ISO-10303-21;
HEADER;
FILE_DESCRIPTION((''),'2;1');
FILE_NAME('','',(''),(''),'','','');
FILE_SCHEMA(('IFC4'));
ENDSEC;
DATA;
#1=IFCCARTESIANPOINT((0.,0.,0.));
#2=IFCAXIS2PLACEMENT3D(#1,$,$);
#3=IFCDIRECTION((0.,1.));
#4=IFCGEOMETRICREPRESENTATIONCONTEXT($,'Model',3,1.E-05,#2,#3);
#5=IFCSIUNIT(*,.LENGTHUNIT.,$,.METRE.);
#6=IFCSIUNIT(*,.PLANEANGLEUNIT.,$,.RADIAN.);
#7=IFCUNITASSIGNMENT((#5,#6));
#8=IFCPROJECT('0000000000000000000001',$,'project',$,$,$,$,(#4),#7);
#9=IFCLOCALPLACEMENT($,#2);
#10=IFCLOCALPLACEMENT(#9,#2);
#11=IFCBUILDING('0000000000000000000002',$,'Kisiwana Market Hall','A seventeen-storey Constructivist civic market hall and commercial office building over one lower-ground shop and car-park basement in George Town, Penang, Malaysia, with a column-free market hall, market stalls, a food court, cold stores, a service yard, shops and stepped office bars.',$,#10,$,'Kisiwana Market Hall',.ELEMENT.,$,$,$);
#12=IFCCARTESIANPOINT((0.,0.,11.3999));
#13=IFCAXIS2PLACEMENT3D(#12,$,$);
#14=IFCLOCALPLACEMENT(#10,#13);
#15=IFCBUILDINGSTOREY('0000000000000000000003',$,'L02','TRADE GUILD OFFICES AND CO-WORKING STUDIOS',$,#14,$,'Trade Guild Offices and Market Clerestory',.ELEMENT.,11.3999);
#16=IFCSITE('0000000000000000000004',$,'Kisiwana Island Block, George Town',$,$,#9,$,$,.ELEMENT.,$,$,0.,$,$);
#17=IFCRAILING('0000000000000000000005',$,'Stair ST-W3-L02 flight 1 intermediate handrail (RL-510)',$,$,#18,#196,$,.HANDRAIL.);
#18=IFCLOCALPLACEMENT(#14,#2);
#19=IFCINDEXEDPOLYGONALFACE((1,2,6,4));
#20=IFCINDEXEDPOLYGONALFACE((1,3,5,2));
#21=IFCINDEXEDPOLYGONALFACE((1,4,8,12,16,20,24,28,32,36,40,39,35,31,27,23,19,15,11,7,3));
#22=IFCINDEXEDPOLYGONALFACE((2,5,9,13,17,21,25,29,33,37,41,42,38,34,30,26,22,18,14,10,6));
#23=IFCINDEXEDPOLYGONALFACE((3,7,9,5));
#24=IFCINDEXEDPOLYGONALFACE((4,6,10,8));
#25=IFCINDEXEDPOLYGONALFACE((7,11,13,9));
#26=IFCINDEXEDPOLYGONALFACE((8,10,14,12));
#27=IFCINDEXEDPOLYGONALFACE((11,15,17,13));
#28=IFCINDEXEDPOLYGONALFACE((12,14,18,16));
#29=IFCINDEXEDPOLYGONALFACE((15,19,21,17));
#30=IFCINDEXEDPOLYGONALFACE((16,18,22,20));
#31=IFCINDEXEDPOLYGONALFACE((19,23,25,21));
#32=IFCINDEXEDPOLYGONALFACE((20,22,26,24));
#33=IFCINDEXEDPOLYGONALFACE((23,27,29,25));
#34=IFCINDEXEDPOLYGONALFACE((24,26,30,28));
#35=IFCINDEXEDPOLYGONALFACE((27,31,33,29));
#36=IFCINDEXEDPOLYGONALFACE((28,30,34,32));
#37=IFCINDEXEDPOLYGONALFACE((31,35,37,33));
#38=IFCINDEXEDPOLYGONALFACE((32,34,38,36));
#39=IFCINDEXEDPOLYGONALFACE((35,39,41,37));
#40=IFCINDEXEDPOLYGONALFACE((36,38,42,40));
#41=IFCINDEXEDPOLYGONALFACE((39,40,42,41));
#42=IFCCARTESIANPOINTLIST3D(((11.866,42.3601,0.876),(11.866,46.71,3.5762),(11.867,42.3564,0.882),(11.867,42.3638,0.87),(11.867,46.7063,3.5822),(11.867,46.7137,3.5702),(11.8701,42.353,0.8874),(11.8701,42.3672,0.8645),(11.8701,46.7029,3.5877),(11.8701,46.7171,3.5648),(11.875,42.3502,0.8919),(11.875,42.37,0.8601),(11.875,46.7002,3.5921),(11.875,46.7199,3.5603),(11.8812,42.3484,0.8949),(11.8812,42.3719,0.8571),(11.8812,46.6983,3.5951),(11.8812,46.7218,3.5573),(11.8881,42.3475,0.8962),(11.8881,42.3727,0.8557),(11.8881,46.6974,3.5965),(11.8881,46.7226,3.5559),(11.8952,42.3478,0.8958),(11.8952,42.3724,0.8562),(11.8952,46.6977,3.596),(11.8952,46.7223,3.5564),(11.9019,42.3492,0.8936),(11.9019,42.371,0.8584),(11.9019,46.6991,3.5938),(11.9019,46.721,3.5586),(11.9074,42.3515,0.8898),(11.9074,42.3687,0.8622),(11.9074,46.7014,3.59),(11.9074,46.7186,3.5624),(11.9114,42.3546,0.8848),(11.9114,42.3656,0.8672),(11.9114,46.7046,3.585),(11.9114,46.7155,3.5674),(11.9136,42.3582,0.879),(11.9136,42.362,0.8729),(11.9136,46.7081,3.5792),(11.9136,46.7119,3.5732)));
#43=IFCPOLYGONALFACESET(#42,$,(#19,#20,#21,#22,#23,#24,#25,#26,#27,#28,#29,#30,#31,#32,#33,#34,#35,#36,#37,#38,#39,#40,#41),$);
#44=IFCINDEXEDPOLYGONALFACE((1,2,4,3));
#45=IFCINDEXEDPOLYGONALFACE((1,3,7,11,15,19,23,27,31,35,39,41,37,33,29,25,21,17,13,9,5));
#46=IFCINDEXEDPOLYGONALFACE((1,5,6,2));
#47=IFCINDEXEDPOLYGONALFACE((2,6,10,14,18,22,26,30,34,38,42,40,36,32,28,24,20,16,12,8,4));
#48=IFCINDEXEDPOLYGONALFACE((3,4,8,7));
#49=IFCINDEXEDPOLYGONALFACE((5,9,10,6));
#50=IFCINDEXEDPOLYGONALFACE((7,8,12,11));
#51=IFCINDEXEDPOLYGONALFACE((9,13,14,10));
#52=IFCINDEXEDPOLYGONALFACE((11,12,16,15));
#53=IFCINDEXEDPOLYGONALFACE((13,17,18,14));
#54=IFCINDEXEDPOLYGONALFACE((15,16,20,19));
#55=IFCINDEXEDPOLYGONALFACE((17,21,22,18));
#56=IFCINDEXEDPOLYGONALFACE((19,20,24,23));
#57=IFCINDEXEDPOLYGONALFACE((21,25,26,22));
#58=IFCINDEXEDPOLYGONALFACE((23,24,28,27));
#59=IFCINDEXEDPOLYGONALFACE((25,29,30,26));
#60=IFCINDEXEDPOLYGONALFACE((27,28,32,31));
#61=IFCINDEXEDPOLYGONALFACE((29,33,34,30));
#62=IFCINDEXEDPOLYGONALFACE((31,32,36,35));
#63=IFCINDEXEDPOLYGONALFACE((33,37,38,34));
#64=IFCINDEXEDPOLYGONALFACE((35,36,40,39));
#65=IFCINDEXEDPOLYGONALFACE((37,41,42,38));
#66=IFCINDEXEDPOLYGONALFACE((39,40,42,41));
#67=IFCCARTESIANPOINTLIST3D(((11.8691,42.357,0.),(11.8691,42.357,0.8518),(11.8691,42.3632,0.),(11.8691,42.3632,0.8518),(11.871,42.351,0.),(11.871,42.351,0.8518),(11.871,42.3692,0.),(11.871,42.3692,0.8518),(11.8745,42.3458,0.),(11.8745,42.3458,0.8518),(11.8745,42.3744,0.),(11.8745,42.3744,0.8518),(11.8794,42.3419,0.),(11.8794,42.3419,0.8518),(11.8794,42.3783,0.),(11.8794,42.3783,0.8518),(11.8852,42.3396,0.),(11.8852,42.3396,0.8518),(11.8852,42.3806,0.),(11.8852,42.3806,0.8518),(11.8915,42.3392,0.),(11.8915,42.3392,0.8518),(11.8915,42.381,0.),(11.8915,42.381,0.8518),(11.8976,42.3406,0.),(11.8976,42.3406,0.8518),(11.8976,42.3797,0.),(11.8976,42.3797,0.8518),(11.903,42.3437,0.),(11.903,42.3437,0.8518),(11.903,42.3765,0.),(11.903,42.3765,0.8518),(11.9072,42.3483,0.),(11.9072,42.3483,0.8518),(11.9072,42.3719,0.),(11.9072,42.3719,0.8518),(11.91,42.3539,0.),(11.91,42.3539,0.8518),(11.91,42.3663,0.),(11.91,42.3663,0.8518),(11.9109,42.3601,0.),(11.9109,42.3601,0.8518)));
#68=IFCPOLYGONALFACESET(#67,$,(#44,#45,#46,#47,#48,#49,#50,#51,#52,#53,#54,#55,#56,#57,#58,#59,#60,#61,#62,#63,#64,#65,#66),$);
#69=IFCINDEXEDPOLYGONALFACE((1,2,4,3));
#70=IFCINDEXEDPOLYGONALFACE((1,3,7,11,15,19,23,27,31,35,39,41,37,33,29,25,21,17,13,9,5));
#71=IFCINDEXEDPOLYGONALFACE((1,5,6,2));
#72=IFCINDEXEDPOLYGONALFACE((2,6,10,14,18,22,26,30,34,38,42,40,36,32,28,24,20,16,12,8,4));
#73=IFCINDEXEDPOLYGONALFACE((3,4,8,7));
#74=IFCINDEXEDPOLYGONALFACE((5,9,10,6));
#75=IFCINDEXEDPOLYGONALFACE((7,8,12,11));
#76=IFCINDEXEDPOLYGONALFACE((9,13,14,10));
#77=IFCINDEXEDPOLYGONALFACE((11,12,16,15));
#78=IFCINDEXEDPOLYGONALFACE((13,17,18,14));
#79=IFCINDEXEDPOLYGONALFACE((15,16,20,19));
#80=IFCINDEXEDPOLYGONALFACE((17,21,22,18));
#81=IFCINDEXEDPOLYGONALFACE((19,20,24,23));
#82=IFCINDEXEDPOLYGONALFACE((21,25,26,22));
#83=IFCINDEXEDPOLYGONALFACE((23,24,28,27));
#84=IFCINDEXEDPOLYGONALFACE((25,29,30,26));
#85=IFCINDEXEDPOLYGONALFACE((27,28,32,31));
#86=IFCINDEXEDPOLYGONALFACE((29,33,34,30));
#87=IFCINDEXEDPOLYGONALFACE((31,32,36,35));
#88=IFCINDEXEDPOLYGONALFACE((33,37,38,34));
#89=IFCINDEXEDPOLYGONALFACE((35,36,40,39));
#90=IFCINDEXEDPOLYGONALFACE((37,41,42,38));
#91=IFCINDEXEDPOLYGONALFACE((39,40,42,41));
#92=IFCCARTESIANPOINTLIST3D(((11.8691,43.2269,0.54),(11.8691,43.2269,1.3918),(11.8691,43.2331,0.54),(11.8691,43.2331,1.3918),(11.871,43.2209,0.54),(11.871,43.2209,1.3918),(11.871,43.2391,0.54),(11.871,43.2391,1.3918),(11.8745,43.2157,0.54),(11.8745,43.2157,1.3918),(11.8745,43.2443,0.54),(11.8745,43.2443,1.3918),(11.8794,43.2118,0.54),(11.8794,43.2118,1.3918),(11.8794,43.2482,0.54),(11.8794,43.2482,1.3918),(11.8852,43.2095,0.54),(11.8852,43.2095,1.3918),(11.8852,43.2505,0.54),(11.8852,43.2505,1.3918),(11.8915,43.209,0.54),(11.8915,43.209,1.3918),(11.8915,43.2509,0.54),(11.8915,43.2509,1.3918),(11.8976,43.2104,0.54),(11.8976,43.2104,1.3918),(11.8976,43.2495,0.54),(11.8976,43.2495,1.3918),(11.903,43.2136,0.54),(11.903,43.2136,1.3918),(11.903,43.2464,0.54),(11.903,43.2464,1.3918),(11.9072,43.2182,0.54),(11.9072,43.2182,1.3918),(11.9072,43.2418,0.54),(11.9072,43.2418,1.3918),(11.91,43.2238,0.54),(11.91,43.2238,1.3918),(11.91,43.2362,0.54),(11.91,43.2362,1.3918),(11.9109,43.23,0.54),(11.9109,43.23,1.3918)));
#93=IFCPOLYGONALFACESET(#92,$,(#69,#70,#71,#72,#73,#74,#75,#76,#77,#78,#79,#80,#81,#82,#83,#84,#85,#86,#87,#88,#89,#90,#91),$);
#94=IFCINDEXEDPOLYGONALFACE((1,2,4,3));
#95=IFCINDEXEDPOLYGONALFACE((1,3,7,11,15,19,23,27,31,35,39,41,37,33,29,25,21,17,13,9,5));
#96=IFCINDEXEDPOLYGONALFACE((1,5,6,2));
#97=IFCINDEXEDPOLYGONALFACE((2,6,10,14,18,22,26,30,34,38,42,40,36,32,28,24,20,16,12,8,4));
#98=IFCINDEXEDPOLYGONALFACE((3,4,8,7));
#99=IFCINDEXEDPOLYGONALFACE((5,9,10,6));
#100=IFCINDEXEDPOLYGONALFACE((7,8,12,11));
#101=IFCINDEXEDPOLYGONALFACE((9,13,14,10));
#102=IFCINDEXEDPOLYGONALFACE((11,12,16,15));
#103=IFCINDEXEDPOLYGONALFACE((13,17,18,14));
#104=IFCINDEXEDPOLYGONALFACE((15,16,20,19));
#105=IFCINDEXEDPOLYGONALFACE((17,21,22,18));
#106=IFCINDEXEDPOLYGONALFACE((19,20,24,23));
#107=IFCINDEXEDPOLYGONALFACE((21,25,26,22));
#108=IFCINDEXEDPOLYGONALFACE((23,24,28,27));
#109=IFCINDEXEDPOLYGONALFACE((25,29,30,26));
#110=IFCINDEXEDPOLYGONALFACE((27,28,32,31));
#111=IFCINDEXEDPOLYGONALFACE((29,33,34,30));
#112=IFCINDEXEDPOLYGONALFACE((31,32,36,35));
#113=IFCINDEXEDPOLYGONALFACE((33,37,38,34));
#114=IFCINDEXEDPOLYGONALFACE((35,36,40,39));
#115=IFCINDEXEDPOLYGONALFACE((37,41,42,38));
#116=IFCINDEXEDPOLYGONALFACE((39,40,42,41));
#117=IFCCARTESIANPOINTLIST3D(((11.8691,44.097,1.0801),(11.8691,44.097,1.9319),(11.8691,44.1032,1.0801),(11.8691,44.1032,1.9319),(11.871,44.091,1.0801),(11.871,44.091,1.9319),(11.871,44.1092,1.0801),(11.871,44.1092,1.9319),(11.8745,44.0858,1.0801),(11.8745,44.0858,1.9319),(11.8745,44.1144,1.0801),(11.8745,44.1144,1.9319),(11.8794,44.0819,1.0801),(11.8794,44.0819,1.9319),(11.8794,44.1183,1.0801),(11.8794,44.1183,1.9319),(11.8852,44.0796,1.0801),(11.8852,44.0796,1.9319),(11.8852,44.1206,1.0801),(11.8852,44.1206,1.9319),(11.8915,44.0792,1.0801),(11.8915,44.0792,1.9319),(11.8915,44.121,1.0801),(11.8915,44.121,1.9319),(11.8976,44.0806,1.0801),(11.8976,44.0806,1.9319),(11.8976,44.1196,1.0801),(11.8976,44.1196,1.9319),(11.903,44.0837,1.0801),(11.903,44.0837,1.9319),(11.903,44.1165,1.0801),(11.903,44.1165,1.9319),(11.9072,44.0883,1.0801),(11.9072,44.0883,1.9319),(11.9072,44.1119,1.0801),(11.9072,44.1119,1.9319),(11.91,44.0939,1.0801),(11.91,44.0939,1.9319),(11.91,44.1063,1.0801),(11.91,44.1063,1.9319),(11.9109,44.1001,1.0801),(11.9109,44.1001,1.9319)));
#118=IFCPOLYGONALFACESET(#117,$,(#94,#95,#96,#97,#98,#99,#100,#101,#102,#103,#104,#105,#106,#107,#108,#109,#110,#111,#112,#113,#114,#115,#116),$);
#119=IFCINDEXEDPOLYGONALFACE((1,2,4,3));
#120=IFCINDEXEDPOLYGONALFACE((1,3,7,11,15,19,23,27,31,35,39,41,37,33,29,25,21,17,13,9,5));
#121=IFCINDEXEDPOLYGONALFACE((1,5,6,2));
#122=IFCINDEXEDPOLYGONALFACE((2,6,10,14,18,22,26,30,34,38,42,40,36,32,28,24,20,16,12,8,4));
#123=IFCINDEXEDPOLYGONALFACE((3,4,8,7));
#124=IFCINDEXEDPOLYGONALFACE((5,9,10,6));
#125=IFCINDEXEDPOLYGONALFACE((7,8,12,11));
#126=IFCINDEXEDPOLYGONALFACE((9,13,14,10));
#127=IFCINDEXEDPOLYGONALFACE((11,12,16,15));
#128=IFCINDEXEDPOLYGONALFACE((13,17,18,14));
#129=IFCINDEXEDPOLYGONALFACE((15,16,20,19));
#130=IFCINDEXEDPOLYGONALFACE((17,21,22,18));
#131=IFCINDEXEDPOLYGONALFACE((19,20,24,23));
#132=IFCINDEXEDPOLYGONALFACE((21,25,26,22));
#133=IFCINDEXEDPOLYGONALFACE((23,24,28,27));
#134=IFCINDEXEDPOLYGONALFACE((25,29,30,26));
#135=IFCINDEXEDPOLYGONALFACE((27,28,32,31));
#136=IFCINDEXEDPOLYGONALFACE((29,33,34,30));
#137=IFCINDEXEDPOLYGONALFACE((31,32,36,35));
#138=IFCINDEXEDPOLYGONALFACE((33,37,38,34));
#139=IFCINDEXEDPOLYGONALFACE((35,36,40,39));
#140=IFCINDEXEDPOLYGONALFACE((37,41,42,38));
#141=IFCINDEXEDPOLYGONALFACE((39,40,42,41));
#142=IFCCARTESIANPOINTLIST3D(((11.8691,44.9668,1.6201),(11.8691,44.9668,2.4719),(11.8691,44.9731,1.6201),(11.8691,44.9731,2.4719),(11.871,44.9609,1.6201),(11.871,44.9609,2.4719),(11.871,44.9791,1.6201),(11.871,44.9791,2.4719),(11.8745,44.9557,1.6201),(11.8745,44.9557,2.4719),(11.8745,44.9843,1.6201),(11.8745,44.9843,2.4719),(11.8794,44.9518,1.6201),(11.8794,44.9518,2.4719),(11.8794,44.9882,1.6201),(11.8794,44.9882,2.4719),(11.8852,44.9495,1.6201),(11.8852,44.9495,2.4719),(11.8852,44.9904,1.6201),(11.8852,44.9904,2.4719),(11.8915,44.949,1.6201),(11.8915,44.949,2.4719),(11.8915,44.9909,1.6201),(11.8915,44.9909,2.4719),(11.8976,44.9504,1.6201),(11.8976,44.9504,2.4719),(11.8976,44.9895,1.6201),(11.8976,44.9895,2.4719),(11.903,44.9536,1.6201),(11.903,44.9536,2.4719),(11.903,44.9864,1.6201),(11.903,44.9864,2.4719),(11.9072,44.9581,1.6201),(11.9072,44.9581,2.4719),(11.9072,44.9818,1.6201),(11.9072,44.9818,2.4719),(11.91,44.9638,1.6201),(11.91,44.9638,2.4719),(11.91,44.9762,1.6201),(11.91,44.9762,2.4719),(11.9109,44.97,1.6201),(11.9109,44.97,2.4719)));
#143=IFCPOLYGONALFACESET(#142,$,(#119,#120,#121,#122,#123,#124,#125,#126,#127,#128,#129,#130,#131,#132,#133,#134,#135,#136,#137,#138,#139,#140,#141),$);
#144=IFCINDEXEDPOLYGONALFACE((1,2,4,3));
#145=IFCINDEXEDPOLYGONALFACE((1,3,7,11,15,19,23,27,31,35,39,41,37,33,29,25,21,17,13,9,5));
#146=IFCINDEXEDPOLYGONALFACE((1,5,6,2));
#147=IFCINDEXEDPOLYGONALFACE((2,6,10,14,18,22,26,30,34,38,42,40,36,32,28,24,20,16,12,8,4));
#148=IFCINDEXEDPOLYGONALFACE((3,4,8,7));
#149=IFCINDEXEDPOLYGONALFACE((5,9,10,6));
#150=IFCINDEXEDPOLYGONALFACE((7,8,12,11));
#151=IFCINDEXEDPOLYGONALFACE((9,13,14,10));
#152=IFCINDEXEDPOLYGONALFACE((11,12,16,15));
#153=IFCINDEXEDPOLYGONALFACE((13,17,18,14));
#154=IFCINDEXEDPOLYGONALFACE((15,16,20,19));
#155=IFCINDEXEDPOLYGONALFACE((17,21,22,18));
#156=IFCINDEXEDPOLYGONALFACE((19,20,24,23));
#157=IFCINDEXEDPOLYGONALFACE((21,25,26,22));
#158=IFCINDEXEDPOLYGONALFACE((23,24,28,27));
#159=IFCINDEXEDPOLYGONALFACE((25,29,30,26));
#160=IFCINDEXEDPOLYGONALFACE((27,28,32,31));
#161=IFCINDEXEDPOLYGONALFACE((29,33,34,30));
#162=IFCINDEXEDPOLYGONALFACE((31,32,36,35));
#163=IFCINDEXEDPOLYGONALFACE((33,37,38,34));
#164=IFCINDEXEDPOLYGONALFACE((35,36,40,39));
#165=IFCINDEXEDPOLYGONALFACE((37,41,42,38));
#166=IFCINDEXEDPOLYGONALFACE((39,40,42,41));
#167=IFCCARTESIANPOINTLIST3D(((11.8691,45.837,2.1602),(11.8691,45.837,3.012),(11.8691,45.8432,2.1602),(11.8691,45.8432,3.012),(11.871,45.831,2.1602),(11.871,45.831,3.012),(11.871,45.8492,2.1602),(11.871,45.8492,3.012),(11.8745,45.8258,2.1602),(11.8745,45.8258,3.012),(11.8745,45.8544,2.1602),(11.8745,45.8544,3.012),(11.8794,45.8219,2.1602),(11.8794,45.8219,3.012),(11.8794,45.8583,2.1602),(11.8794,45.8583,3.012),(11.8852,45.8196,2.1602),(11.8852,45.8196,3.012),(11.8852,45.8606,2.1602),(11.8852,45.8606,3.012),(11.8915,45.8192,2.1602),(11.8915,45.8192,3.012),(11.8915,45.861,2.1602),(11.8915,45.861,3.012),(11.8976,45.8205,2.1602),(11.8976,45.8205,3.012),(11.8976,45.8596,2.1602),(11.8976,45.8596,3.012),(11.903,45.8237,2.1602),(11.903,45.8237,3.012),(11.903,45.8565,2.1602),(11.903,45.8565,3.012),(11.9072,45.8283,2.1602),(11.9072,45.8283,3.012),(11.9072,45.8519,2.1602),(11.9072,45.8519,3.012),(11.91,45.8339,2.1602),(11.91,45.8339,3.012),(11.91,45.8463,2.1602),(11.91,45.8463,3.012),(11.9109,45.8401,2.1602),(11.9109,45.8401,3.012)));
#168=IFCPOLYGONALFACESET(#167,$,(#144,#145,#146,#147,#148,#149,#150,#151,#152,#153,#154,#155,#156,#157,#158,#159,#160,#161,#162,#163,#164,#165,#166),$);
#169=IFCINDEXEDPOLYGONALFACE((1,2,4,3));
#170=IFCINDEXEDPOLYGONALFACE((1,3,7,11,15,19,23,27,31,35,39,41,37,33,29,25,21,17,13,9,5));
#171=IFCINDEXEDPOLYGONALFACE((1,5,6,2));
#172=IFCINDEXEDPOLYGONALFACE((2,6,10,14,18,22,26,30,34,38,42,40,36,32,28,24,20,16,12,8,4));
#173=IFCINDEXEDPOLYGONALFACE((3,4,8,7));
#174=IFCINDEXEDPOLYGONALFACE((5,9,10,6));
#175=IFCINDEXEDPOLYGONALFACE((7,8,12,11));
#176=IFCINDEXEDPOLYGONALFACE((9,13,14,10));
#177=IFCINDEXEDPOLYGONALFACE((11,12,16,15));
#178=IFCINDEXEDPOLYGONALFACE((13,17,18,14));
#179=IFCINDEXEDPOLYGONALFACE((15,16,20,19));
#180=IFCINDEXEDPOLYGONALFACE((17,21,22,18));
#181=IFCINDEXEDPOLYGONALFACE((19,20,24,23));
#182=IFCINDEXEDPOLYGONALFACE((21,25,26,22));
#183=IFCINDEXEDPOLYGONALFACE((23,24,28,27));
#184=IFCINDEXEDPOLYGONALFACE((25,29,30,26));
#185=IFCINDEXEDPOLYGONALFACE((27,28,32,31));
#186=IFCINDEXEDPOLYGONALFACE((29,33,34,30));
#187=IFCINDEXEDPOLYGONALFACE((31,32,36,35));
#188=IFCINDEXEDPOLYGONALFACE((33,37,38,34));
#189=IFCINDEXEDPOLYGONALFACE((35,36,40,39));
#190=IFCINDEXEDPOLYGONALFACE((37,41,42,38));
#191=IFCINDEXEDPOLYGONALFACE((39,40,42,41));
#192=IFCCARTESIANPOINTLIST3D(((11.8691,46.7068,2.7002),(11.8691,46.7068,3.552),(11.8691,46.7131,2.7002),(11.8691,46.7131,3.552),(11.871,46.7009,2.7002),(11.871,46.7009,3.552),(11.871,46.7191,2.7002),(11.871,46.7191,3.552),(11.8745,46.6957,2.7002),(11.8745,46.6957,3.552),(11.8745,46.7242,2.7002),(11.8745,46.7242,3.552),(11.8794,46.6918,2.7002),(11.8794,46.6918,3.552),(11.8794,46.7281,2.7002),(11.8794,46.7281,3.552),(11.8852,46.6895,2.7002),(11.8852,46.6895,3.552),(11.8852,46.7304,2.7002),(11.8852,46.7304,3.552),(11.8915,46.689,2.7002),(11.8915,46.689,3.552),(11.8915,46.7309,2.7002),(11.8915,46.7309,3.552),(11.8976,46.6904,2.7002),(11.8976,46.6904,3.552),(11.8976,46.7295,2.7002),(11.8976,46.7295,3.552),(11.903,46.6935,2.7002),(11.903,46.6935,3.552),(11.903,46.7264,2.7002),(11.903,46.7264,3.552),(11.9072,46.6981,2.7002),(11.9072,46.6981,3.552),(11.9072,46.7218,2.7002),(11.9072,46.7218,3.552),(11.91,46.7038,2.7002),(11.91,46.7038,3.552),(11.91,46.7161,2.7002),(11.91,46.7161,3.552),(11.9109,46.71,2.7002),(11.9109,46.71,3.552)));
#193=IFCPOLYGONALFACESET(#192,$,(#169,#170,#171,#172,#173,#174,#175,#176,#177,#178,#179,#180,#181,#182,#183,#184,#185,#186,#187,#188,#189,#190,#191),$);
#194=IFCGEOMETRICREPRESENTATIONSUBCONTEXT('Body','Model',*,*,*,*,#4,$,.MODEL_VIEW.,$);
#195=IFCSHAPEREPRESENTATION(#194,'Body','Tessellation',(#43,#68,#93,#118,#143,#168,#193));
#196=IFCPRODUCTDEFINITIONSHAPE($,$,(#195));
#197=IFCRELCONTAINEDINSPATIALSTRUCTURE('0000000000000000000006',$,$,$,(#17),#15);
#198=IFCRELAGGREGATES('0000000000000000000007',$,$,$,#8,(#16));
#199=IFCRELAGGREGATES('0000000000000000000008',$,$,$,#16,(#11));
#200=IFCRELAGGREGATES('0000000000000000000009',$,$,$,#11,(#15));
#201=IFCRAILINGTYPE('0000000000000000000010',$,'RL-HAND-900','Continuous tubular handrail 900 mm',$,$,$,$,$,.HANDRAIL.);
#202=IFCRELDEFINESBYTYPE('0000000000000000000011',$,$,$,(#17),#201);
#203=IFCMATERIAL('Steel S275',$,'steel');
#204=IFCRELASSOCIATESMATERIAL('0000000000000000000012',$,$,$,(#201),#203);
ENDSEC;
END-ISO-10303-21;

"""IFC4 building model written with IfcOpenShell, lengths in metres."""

from ifc_helpers import new_model, si_unit, direction, frame, origin, origin_2d, place, context, subcontext, project, spatial, circle, extrude, material, type_object, element, save


model = new_model("IFC4")

# Units and contexts
model_context = context("Model", 3, precision=1e-05, world=origin(), true_north=direction((0.0, 1.0)))
body_context = subcontext(model_context, "Body", "Model", "MODEL_VIEW")
ifc_project = project(units=[si_unit("LENGTHUNIT", "METRE"), si_unit("PLANEANGLEUNIT", "RADIAN")], contexts=[model_context])

# Site, building, storey
site_placement = place(None, origin())
site = spatial("IfcSite", under=ifc_project, at=site_placement, Name="Kisiwana Island Block, George Town", CompositionType="ELEMENT", RefElevation=0.0)
building_placement = place(site_placement, origin())
building = spatial("IfcBuilding", under=site, at=building_placement, Name="Kisiwana Market Hall", Description="A seventeen-storey Constructivist civic market hall and commercial office building over one lower-ground shop and car-park basement in George Town, Penang, Malaysia, with a column-free market hall, market stalls, a food court, cold stores, a service yard, shops and stepped office bars.", LongName="Kisiwana Market Hall", CompositionType="ELEMENT")
storey_placement = place(building_placement, frame((0.0, 0.0, 11.3999)))
storey = spatial("IfcBuildingStorey", under=building, at=storey_placement, Name="L02", Description="TRADE GUILD OFFICES AND CO-WORKING STUDIOS", LongName="Trade Guild Offices and Market Clerestory", CompositionType="ELEMENT", Elevation=11.3999)

# Railing
ifc_material_1 = material(Name="Steel S275", Category="steel")
railing_type_1 = type_object("IfcRailingType", Name="RL-HAND-900", Description="Continuous tubular handrail 900 mm", PredefinedType="HANDRAIL", material=ifc_material_1)
for number, where, name in (
    (1, (11.8899, 42.3601, 0.0), "Stair ST-W3-L02 flight 1 intermediate handrail (RL-510)"),
):
    element("IfcRailing", number, at=place(storey_placement, frame(where)), inside=storey, type_object=railing_type_1, Name=name, PredefinedType="HANDRAIL", context=body_context, shape_type="SweptSolid", body=[
        extrude(circle(Radius=0.0239, at=origin_2d()), frame((0.0, 0.0, 0.876), z_axis=(0.0, 0.849615, 0.527403), x_axis=(-1.0, 0.0, 0.0)), (0.0, 0.0, 1.0), 5.1199),
        extrude(circle(Radius=0.021, at=origin_2d()), origin(), (0.0, 0.0, 1.0), 0.8518),
        extrude(circle(Radius=0.021, at=origin_2d()), frame((0.0, 0.8699, 0.54)), (0.0, 0.0, 1.0), 0.8518),
        extrude(circle(Radius=0.021, at=origin_2d()), frame((0.0, 1.74, 1.0801)), (0.0, 0.0, 1.0), 0.8518),
        extrude(circle(Radius=0.021, at=origin_2d()), frame((0.0, 2.6099, 1.6201)), (0.0, 0.0, 1.0), 0.8518),
        extrude(circle(Radius=0.021, at=origin_2d()), frame((0.0, 3.48, 2.1602)), (0.0, 0.0, 1.0), 0.8518),
        extrude(circle(Radius=0.021, at=origin_2d()), frame((0.0, 4.3499, 2.7002)), (0.0, 0.0, 1.0), 0.8518),
    ])

save(model, "model.ifc")
